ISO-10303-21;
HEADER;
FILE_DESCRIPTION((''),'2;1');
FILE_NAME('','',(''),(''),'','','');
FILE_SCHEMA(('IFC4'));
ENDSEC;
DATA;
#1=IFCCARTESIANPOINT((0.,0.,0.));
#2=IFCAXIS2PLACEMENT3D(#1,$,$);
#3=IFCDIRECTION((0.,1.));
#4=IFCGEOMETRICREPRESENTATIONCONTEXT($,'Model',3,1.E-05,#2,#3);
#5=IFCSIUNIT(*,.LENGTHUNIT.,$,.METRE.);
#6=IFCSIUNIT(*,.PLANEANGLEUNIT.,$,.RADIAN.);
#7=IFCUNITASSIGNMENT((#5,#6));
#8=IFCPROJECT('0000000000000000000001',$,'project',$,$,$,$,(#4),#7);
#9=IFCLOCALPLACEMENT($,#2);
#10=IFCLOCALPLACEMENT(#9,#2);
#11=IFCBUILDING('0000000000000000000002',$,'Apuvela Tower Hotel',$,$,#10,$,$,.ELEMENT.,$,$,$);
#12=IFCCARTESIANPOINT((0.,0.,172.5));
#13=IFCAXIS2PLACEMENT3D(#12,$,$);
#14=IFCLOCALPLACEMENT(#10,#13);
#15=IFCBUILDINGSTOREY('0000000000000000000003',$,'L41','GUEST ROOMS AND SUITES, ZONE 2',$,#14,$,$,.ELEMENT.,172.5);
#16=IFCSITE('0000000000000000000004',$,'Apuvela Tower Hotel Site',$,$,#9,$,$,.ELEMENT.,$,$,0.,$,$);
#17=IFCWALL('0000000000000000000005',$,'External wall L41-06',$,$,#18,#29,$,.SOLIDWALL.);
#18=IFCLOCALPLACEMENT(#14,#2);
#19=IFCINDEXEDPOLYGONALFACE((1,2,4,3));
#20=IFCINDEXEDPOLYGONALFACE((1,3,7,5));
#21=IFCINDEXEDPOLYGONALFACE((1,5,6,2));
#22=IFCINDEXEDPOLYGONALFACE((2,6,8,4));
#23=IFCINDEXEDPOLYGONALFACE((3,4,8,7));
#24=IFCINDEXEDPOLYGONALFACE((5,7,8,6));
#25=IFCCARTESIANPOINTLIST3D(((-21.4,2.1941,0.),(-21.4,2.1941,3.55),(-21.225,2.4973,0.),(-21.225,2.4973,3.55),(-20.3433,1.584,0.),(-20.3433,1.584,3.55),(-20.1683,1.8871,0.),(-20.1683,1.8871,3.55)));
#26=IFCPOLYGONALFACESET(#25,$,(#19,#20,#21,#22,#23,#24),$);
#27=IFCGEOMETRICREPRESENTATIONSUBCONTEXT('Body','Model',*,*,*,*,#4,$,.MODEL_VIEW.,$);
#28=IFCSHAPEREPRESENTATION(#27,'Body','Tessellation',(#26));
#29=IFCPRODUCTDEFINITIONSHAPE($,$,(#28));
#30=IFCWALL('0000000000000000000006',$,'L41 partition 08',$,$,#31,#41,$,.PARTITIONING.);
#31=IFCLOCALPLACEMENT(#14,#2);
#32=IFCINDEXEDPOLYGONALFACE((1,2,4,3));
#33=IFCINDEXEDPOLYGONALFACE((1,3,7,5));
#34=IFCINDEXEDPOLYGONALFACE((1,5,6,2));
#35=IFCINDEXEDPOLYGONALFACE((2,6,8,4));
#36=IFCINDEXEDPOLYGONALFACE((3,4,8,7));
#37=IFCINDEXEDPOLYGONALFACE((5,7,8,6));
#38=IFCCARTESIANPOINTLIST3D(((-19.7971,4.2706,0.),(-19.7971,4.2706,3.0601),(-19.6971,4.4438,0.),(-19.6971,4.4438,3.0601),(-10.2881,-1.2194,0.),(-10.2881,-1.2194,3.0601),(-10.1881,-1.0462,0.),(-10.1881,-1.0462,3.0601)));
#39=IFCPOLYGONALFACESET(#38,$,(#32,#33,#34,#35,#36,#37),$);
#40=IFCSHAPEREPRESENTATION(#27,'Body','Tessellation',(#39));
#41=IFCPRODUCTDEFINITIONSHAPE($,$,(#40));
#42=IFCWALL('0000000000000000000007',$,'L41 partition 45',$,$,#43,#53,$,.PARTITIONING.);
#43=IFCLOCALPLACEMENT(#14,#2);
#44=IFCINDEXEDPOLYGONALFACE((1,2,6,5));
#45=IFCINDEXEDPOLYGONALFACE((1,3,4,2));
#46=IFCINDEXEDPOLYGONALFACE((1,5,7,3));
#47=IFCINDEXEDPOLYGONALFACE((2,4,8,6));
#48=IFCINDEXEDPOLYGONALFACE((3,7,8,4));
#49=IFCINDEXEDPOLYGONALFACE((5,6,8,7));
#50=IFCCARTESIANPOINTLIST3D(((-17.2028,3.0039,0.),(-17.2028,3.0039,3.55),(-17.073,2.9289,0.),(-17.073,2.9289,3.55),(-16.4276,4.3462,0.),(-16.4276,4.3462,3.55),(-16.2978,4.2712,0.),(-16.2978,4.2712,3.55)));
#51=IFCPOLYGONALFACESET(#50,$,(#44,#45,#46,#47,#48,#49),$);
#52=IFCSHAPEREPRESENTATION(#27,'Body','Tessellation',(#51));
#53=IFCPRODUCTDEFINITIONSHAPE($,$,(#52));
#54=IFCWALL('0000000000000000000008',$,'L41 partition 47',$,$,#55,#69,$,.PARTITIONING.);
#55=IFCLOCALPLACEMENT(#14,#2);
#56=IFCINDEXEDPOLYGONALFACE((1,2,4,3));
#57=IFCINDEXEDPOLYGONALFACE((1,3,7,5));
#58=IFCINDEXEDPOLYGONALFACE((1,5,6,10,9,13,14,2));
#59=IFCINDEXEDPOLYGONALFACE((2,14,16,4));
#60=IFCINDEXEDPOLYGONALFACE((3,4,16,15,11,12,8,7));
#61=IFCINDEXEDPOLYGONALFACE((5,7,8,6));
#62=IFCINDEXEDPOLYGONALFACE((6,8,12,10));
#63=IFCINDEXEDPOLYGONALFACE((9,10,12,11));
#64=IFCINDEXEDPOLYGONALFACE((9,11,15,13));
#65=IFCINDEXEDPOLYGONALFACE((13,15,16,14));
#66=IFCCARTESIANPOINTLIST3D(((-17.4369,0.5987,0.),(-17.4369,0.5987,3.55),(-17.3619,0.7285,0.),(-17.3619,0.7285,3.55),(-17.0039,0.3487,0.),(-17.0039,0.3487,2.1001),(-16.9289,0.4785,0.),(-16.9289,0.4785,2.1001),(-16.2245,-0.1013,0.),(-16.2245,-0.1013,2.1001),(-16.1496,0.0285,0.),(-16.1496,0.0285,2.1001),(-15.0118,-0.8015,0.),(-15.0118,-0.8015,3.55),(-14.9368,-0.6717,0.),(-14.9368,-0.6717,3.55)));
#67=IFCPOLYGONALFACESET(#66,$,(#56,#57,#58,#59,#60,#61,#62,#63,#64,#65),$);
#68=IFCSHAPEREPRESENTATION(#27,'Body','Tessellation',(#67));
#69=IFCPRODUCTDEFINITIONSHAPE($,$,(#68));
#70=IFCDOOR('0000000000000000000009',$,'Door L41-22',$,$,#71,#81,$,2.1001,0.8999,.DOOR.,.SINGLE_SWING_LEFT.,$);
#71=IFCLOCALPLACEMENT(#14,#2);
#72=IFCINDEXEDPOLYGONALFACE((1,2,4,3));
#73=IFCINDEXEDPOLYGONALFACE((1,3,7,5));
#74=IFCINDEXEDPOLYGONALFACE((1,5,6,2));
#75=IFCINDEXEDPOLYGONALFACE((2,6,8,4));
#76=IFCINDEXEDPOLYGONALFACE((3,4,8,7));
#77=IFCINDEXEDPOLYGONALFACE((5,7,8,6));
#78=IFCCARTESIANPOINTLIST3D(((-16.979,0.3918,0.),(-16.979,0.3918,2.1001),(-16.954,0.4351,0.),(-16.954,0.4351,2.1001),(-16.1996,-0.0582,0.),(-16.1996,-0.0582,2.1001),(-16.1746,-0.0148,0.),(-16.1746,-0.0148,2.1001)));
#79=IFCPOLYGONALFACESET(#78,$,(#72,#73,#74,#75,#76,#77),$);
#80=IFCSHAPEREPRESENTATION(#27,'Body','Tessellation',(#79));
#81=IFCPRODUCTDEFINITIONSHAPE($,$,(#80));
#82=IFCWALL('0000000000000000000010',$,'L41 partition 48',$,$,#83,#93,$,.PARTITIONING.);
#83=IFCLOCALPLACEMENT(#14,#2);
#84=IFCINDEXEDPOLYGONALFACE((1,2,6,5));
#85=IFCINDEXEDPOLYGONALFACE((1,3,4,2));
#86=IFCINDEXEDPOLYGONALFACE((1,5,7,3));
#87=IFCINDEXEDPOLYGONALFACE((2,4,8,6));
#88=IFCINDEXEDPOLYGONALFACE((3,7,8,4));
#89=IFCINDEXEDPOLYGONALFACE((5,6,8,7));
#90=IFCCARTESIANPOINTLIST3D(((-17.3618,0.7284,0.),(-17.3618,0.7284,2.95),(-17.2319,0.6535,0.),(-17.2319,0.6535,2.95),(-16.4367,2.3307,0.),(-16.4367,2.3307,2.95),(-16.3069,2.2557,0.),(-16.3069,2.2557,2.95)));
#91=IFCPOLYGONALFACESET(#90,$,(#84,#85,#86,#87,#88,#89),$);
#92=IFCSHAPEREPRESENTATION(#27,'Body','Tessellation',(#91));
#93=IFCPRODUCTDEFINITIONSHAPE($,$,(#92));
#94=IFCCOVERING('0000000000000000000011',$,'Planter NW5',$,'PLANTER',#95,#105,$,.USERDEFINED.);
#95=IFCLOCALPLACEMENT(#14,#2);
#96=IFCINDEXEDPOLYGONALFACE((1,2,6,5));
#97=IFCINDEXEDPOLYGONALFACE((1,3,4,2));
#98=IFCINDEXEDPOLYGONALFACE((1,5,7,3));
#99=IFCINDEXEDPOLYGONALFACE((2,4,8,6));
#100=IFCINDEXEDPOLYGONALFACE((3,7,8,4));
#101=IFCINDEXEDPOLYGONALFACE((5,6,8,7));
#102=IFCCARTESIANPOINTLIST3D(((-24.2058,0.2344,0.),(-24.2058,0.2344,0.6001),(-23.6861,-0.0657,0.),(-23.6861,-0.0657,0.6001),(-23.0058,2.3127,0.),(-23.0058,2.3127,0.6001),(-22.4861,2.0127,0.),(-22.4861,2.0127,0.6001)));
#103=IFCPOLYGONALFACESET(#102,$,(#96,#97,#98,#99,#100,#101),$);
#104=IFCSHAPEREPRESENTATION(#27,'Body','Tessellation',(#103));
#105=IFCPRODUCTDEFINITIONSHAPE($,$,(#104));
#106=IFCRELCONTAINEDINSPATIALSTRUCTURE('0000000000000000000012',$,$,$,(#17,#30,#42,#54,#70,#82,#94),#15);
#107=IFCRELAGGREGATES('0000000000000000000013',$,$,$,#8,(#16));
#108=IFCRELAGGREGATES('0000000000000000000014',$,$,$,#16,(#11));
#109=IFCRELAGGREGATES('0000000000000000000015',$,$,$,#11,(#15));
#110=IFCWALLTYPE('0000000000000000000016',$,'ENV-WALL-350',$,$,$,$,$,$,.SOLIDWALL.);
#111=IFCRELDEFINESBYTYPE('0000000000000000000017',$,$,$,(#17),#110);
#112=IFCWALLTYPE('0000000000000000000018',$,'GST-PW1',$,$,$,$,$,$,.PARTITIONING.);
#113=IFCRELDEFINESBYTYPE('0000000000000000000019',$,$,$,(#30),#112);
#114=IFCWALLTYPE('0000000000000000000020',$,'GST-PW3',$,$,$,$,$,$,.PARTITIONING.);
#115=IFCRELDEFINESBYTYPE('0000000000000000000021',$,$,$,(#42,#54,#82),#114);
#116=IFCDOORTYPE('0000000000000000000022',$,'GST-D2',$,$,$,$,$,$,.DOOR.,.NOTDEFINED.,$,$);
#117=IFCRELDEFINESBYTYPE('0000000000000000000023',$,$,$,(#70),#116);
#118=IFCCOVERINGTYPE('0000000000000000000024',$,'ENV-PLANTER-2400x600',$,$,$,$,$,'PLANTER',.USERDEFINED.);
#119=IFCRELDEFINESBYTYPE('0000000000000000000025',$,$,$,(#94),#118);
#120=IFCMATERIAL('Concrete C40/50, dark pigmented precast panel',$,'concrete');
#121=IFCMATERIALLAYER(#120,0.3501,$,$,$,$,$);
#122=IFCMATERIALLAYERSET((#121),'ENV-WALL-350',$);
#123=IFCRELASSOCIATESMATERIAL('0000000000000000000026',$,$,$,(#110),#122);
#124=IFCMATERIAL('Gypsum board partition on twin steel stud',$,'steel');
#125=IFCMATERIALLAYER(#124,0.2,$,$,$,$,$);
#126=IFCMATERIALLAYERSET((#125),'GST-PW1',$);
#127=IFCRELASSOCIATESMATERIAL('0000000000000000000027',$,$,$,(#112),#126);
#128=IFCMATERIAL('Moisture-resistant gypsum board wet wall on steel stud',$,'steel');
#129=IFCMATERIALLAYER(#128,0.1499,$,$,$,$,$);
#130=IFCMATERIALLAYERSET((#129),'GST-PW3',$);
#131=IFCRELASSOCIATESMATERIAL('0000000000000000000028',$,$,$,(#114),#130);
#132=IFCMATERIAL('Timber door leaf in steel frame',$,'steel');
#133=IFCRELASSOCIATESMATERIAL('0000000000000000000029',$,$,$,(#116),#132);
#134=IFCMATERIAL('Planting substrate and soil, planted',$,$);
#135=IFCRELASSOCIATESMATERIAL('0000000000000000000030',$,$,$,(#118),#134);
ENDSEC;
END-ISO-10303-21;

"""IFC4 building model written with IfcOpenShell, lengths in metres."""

from ifc_helpers import new_model, si_unit, direction, frame, frame_2d, origin, origin_2d, place, context, subcontext, project, spatial, rectangle, extrude, material, layer, layer_set, type_object, element, fill, save


model = new_model("IFC4")

# Units and contexts
model_context = context("Model", 3, precision=1e-05, world=origin(), true_north=direction((0.0, 1.0)))
body_context = subcontext(model_context, "Body", "Model", "MODEL_VIEW")
ifc_project = project(units=[si_unit("LENGTHUNIT", "METRE"), si_unit("PLANEANGLEUNIT", "RADIAN")], contexts=[model_context])

# Site, building, storey
site_placement = place(None, origin())
site = spatial("IfcSite", under=ifc_project, at=site_placement, Name="Apuvela Tower Hotel Site", CompositionType="ELEMENT", RefElevation=0.0)
building_placement = place(site_placement, origin())
building = spatial("IfcBuilding", under=site, at=building_placement, Name="Apuvela Tower Hotel", CompositionType="ELEMENT")
storey_placement = place(building_placement, frame((0.0, 0.0, 172.5)))
storey = spatial("IfcBuildingStorey", under=building, at=storey_placement, Name="L41", Description="GUEST ROOMS AND SUITES, ZONE 2", CompositionType="ELEMENT", Elevation=172.5)

# Shared definitions
ifc_material_1 = material(Name="Concrete C40/50, dark pigmented precast panel", Category="concrete")
ifc_layer_1 = layer(ifc_material_1, 0.3501)
ifc_layer_set_1 = layer_set([ifc_layer_1], Name="ENV-WALL-350")
wall_type_1 = type_object("IfcWallType", Name="ENV-WALL-350", PredefinedType="SOLIDWALL", material=ifc_layer_set_1)

# Wall
wall_1_placement = place(storey_placement, frame((-21.3125, 2.3457, 0.0), z_axis=(0.0, 0.0, 1.0), x_axis=(0.866006, -0.500034, 0.0)))
element("IfcWall", 1, at=wall_1_placement, inside=storey, type_object=wall_type_1, Name="External wall L41-06", PredefinedType="SOLIDWALL", context=body_context, shape_type="SweptSolid", body=[
    extrude(rectangle(XDim=1.2202, YDim=0.3501, at=frame_2d((0.6101, 0.0))), origin(), (0.0, 0.0, 1.0), 3.55),
])

# Walls
ifc_material_2 = material(Name="Gypsum board partition on twin steel stud", Category="steel")
ifc_layer_2 = layer(ifc_material_2, 0.2)
ifc_layer_set_2 = layer_set([ifc_layer_2], Name="GST-PW1")
wall_type_2 = type_object("IfcWallType", Name="GST-PW1", PredefinedType="PARTITIONING", material=ifc_layer_set_2)
wall_2_placement = place(storey_placement, frame((-19.7471, 4.3572, 0.0), z_axis=(0.0, 0.0, 1.0), x_axis=(0.866027, -0.499996, 0.0)))
element("IfcWall", 2, at=wall_2_placement, inside=storey, type_object=wall_type_2, Name="L41 partition 08", PredefinedType="PARTITIONING", context=body_context, shape_type="SweptSolid", body=[
    extrude(rectangle(XDim=10.98, YDim=0.2, at=frame_2d((5.49, 0.0))), origin(), (0.0, 0.0, 1.0), 3.0601),
])
ifc_material_3 = material(Name="Moisture-resistant gypsum board wet wall on steel stud", Category="steel")
ifc_layer_3 = layer(ifc_material_3, 0.1499)
ifc_layer_set_3 = layer_set([ifc_layer_3], Name="GST-PW3")
wall_type_3 = type_object("IfcWallType", Name="GST-PW3", PredefinedType="PARTITIONING", material=ifc_layer_set_3)
wall_3_placement = place(storey_placement, frame((-16.3628, 4.3086, 0.0), z_axis=(0.0, 0.0, 1.0), x_axis=(-0.500086, -0.865976, 0.0)))
element("IfcWall", 3, at=wall_3_placement, inside=storey, type_object=wall_type_3, Name="L41 partition 45", PredefinedType="PARTITIONING", context=body_context, shape_type="SweptSolid", body=[
    extrude(rectangle(XDim=1.55, YDim=0.1499, at=frame_2d((0.7749, 0.0))), origin(), (0.0, 0.0, 1.0), 3.55),
])

# Wall, opening, door
wall_4_placement = place(storey_placement, frame((-17.3994, 0.6636, 0.0), z_axis=(0.0, 0.0, 1.0), x_axis=(0.866019, -0.500012, 0.0)))
wall_4 = element("IfcWall", 4, at=wall_4_placement, inside=storey, type_object=wall_type_3, Name="L41 partition 47", PredefinedType="PARTITIONING", context=body_context, shape_type="SweptSolid", body=[
    extrude(rectangle(XDim=2.8003, YDim=0.1499, at=frame_2d((1.4001, 0.0))), origin(), (0.0, 0.0, 1.0), 3.55),
])
opening_1_placement = place(wall_4_placement, frame((0.5, 0.0, 0.0)))
opening_1 = element("IfcOpeningElement", 5, at=opening_1_placement, cuts=wall_4, PredefinedType="OPENING", context=body_context, shape_type="SweptSolid", body=[
    extrude(rectangle(XDim=0.8999, YDim=2.1001, at=frame_2d((0.45, 1.05))), frame((0.0, 0.085, 0.0), z_axis=(0.0, -1.0, 0.0), x_axis=(1.0, 0.0, 0.0)), (0.0, 0.0, 1.0), 0.1699),
])
ifc_material_4 = material(Name="Timber door leaf in steel frame", Category="steel")
door_type_1 = type_object("IfcDoorType", Name="GST-D2", OperationType="NOTDEFINED", PredefinedType="DOOR", material=ifc_material_4)
door_1_placement = place(opening_1_placement, origin())
door_1 = element("IfcDoor", 6, at=door_1_placement, inside=storey, type_object=door_type_1, Name="Door L41-22", OperationType="SINGLE_SWING_LEFT", OverallHeight=2.1001, OverallWidth=0.8999, PredefinedType="DOOR", context=body_context, shape_type="SweptSolid", body=[
    extrude(rectangle(XDim=0.8999, YDim=2.1001, at=frame_2d((0.45, 1.05))), frame((0.0, 0.0249, 0.0), z_axis=(0.0, -1.0, 0.0), x_axis=(1.0, 0.0, 0.0)), (0.0, 0.0, 1.0), 0.05),
])
fill(opening_1, door_1)

# Wall
wall_5_placement = place(storey_placement, frame((-16.3718, 2.2932, 0.0), z_axis=(0.0, 0.0, 1.0), x_axis=(-0.499985, -0.866034, 0.0)))
element("IfcWall", 7, at=wall_5_placement, inside=storey, type_object=wall_type_3, Name="L41 partition 48", PredefinedType="PARTITIONING", context=body_context, shape_type="SweptSolid", body=[
    extrude(rectangle(XDim=1.8501, YDim=0.1499, at=frame_2d((0.925, 0.0))), origin(), (0.0, 0.0, 1.0), 2.95),
])

# Covering
ifc_material_5 = material(Name="Planting substrate and soil, planted")
covering_type = type_object("IfcCoveringType", Name="ENV-PLANTER-2400x600", ElementType="PLANTER", PredefinedType="USERDEFINED", material=ifc_material_5)
covering_placement = place(storey_placement, frame((-23.3459, 1.1235, 0.0), z_axis=(0.0, 0.0, 1.0), x_axis=(-0.5, -0.866025, 0.0)))
element("IfcCovering", 8, at=covering_placement, inside=storey, type_object=covering_type, Name="Planter NW5", ObjectType="PLANTER", PredefinedType="USERDEFINED", context=body_context, shape_type="SweptSolid", body=[
    extrude(rectangle(XDim=2.3999, YDim=0.6001, at=origin_2d()), origin(), (0.0, 0.0, 1.0), 0.6001),
])

save(model, "model.ifc")
